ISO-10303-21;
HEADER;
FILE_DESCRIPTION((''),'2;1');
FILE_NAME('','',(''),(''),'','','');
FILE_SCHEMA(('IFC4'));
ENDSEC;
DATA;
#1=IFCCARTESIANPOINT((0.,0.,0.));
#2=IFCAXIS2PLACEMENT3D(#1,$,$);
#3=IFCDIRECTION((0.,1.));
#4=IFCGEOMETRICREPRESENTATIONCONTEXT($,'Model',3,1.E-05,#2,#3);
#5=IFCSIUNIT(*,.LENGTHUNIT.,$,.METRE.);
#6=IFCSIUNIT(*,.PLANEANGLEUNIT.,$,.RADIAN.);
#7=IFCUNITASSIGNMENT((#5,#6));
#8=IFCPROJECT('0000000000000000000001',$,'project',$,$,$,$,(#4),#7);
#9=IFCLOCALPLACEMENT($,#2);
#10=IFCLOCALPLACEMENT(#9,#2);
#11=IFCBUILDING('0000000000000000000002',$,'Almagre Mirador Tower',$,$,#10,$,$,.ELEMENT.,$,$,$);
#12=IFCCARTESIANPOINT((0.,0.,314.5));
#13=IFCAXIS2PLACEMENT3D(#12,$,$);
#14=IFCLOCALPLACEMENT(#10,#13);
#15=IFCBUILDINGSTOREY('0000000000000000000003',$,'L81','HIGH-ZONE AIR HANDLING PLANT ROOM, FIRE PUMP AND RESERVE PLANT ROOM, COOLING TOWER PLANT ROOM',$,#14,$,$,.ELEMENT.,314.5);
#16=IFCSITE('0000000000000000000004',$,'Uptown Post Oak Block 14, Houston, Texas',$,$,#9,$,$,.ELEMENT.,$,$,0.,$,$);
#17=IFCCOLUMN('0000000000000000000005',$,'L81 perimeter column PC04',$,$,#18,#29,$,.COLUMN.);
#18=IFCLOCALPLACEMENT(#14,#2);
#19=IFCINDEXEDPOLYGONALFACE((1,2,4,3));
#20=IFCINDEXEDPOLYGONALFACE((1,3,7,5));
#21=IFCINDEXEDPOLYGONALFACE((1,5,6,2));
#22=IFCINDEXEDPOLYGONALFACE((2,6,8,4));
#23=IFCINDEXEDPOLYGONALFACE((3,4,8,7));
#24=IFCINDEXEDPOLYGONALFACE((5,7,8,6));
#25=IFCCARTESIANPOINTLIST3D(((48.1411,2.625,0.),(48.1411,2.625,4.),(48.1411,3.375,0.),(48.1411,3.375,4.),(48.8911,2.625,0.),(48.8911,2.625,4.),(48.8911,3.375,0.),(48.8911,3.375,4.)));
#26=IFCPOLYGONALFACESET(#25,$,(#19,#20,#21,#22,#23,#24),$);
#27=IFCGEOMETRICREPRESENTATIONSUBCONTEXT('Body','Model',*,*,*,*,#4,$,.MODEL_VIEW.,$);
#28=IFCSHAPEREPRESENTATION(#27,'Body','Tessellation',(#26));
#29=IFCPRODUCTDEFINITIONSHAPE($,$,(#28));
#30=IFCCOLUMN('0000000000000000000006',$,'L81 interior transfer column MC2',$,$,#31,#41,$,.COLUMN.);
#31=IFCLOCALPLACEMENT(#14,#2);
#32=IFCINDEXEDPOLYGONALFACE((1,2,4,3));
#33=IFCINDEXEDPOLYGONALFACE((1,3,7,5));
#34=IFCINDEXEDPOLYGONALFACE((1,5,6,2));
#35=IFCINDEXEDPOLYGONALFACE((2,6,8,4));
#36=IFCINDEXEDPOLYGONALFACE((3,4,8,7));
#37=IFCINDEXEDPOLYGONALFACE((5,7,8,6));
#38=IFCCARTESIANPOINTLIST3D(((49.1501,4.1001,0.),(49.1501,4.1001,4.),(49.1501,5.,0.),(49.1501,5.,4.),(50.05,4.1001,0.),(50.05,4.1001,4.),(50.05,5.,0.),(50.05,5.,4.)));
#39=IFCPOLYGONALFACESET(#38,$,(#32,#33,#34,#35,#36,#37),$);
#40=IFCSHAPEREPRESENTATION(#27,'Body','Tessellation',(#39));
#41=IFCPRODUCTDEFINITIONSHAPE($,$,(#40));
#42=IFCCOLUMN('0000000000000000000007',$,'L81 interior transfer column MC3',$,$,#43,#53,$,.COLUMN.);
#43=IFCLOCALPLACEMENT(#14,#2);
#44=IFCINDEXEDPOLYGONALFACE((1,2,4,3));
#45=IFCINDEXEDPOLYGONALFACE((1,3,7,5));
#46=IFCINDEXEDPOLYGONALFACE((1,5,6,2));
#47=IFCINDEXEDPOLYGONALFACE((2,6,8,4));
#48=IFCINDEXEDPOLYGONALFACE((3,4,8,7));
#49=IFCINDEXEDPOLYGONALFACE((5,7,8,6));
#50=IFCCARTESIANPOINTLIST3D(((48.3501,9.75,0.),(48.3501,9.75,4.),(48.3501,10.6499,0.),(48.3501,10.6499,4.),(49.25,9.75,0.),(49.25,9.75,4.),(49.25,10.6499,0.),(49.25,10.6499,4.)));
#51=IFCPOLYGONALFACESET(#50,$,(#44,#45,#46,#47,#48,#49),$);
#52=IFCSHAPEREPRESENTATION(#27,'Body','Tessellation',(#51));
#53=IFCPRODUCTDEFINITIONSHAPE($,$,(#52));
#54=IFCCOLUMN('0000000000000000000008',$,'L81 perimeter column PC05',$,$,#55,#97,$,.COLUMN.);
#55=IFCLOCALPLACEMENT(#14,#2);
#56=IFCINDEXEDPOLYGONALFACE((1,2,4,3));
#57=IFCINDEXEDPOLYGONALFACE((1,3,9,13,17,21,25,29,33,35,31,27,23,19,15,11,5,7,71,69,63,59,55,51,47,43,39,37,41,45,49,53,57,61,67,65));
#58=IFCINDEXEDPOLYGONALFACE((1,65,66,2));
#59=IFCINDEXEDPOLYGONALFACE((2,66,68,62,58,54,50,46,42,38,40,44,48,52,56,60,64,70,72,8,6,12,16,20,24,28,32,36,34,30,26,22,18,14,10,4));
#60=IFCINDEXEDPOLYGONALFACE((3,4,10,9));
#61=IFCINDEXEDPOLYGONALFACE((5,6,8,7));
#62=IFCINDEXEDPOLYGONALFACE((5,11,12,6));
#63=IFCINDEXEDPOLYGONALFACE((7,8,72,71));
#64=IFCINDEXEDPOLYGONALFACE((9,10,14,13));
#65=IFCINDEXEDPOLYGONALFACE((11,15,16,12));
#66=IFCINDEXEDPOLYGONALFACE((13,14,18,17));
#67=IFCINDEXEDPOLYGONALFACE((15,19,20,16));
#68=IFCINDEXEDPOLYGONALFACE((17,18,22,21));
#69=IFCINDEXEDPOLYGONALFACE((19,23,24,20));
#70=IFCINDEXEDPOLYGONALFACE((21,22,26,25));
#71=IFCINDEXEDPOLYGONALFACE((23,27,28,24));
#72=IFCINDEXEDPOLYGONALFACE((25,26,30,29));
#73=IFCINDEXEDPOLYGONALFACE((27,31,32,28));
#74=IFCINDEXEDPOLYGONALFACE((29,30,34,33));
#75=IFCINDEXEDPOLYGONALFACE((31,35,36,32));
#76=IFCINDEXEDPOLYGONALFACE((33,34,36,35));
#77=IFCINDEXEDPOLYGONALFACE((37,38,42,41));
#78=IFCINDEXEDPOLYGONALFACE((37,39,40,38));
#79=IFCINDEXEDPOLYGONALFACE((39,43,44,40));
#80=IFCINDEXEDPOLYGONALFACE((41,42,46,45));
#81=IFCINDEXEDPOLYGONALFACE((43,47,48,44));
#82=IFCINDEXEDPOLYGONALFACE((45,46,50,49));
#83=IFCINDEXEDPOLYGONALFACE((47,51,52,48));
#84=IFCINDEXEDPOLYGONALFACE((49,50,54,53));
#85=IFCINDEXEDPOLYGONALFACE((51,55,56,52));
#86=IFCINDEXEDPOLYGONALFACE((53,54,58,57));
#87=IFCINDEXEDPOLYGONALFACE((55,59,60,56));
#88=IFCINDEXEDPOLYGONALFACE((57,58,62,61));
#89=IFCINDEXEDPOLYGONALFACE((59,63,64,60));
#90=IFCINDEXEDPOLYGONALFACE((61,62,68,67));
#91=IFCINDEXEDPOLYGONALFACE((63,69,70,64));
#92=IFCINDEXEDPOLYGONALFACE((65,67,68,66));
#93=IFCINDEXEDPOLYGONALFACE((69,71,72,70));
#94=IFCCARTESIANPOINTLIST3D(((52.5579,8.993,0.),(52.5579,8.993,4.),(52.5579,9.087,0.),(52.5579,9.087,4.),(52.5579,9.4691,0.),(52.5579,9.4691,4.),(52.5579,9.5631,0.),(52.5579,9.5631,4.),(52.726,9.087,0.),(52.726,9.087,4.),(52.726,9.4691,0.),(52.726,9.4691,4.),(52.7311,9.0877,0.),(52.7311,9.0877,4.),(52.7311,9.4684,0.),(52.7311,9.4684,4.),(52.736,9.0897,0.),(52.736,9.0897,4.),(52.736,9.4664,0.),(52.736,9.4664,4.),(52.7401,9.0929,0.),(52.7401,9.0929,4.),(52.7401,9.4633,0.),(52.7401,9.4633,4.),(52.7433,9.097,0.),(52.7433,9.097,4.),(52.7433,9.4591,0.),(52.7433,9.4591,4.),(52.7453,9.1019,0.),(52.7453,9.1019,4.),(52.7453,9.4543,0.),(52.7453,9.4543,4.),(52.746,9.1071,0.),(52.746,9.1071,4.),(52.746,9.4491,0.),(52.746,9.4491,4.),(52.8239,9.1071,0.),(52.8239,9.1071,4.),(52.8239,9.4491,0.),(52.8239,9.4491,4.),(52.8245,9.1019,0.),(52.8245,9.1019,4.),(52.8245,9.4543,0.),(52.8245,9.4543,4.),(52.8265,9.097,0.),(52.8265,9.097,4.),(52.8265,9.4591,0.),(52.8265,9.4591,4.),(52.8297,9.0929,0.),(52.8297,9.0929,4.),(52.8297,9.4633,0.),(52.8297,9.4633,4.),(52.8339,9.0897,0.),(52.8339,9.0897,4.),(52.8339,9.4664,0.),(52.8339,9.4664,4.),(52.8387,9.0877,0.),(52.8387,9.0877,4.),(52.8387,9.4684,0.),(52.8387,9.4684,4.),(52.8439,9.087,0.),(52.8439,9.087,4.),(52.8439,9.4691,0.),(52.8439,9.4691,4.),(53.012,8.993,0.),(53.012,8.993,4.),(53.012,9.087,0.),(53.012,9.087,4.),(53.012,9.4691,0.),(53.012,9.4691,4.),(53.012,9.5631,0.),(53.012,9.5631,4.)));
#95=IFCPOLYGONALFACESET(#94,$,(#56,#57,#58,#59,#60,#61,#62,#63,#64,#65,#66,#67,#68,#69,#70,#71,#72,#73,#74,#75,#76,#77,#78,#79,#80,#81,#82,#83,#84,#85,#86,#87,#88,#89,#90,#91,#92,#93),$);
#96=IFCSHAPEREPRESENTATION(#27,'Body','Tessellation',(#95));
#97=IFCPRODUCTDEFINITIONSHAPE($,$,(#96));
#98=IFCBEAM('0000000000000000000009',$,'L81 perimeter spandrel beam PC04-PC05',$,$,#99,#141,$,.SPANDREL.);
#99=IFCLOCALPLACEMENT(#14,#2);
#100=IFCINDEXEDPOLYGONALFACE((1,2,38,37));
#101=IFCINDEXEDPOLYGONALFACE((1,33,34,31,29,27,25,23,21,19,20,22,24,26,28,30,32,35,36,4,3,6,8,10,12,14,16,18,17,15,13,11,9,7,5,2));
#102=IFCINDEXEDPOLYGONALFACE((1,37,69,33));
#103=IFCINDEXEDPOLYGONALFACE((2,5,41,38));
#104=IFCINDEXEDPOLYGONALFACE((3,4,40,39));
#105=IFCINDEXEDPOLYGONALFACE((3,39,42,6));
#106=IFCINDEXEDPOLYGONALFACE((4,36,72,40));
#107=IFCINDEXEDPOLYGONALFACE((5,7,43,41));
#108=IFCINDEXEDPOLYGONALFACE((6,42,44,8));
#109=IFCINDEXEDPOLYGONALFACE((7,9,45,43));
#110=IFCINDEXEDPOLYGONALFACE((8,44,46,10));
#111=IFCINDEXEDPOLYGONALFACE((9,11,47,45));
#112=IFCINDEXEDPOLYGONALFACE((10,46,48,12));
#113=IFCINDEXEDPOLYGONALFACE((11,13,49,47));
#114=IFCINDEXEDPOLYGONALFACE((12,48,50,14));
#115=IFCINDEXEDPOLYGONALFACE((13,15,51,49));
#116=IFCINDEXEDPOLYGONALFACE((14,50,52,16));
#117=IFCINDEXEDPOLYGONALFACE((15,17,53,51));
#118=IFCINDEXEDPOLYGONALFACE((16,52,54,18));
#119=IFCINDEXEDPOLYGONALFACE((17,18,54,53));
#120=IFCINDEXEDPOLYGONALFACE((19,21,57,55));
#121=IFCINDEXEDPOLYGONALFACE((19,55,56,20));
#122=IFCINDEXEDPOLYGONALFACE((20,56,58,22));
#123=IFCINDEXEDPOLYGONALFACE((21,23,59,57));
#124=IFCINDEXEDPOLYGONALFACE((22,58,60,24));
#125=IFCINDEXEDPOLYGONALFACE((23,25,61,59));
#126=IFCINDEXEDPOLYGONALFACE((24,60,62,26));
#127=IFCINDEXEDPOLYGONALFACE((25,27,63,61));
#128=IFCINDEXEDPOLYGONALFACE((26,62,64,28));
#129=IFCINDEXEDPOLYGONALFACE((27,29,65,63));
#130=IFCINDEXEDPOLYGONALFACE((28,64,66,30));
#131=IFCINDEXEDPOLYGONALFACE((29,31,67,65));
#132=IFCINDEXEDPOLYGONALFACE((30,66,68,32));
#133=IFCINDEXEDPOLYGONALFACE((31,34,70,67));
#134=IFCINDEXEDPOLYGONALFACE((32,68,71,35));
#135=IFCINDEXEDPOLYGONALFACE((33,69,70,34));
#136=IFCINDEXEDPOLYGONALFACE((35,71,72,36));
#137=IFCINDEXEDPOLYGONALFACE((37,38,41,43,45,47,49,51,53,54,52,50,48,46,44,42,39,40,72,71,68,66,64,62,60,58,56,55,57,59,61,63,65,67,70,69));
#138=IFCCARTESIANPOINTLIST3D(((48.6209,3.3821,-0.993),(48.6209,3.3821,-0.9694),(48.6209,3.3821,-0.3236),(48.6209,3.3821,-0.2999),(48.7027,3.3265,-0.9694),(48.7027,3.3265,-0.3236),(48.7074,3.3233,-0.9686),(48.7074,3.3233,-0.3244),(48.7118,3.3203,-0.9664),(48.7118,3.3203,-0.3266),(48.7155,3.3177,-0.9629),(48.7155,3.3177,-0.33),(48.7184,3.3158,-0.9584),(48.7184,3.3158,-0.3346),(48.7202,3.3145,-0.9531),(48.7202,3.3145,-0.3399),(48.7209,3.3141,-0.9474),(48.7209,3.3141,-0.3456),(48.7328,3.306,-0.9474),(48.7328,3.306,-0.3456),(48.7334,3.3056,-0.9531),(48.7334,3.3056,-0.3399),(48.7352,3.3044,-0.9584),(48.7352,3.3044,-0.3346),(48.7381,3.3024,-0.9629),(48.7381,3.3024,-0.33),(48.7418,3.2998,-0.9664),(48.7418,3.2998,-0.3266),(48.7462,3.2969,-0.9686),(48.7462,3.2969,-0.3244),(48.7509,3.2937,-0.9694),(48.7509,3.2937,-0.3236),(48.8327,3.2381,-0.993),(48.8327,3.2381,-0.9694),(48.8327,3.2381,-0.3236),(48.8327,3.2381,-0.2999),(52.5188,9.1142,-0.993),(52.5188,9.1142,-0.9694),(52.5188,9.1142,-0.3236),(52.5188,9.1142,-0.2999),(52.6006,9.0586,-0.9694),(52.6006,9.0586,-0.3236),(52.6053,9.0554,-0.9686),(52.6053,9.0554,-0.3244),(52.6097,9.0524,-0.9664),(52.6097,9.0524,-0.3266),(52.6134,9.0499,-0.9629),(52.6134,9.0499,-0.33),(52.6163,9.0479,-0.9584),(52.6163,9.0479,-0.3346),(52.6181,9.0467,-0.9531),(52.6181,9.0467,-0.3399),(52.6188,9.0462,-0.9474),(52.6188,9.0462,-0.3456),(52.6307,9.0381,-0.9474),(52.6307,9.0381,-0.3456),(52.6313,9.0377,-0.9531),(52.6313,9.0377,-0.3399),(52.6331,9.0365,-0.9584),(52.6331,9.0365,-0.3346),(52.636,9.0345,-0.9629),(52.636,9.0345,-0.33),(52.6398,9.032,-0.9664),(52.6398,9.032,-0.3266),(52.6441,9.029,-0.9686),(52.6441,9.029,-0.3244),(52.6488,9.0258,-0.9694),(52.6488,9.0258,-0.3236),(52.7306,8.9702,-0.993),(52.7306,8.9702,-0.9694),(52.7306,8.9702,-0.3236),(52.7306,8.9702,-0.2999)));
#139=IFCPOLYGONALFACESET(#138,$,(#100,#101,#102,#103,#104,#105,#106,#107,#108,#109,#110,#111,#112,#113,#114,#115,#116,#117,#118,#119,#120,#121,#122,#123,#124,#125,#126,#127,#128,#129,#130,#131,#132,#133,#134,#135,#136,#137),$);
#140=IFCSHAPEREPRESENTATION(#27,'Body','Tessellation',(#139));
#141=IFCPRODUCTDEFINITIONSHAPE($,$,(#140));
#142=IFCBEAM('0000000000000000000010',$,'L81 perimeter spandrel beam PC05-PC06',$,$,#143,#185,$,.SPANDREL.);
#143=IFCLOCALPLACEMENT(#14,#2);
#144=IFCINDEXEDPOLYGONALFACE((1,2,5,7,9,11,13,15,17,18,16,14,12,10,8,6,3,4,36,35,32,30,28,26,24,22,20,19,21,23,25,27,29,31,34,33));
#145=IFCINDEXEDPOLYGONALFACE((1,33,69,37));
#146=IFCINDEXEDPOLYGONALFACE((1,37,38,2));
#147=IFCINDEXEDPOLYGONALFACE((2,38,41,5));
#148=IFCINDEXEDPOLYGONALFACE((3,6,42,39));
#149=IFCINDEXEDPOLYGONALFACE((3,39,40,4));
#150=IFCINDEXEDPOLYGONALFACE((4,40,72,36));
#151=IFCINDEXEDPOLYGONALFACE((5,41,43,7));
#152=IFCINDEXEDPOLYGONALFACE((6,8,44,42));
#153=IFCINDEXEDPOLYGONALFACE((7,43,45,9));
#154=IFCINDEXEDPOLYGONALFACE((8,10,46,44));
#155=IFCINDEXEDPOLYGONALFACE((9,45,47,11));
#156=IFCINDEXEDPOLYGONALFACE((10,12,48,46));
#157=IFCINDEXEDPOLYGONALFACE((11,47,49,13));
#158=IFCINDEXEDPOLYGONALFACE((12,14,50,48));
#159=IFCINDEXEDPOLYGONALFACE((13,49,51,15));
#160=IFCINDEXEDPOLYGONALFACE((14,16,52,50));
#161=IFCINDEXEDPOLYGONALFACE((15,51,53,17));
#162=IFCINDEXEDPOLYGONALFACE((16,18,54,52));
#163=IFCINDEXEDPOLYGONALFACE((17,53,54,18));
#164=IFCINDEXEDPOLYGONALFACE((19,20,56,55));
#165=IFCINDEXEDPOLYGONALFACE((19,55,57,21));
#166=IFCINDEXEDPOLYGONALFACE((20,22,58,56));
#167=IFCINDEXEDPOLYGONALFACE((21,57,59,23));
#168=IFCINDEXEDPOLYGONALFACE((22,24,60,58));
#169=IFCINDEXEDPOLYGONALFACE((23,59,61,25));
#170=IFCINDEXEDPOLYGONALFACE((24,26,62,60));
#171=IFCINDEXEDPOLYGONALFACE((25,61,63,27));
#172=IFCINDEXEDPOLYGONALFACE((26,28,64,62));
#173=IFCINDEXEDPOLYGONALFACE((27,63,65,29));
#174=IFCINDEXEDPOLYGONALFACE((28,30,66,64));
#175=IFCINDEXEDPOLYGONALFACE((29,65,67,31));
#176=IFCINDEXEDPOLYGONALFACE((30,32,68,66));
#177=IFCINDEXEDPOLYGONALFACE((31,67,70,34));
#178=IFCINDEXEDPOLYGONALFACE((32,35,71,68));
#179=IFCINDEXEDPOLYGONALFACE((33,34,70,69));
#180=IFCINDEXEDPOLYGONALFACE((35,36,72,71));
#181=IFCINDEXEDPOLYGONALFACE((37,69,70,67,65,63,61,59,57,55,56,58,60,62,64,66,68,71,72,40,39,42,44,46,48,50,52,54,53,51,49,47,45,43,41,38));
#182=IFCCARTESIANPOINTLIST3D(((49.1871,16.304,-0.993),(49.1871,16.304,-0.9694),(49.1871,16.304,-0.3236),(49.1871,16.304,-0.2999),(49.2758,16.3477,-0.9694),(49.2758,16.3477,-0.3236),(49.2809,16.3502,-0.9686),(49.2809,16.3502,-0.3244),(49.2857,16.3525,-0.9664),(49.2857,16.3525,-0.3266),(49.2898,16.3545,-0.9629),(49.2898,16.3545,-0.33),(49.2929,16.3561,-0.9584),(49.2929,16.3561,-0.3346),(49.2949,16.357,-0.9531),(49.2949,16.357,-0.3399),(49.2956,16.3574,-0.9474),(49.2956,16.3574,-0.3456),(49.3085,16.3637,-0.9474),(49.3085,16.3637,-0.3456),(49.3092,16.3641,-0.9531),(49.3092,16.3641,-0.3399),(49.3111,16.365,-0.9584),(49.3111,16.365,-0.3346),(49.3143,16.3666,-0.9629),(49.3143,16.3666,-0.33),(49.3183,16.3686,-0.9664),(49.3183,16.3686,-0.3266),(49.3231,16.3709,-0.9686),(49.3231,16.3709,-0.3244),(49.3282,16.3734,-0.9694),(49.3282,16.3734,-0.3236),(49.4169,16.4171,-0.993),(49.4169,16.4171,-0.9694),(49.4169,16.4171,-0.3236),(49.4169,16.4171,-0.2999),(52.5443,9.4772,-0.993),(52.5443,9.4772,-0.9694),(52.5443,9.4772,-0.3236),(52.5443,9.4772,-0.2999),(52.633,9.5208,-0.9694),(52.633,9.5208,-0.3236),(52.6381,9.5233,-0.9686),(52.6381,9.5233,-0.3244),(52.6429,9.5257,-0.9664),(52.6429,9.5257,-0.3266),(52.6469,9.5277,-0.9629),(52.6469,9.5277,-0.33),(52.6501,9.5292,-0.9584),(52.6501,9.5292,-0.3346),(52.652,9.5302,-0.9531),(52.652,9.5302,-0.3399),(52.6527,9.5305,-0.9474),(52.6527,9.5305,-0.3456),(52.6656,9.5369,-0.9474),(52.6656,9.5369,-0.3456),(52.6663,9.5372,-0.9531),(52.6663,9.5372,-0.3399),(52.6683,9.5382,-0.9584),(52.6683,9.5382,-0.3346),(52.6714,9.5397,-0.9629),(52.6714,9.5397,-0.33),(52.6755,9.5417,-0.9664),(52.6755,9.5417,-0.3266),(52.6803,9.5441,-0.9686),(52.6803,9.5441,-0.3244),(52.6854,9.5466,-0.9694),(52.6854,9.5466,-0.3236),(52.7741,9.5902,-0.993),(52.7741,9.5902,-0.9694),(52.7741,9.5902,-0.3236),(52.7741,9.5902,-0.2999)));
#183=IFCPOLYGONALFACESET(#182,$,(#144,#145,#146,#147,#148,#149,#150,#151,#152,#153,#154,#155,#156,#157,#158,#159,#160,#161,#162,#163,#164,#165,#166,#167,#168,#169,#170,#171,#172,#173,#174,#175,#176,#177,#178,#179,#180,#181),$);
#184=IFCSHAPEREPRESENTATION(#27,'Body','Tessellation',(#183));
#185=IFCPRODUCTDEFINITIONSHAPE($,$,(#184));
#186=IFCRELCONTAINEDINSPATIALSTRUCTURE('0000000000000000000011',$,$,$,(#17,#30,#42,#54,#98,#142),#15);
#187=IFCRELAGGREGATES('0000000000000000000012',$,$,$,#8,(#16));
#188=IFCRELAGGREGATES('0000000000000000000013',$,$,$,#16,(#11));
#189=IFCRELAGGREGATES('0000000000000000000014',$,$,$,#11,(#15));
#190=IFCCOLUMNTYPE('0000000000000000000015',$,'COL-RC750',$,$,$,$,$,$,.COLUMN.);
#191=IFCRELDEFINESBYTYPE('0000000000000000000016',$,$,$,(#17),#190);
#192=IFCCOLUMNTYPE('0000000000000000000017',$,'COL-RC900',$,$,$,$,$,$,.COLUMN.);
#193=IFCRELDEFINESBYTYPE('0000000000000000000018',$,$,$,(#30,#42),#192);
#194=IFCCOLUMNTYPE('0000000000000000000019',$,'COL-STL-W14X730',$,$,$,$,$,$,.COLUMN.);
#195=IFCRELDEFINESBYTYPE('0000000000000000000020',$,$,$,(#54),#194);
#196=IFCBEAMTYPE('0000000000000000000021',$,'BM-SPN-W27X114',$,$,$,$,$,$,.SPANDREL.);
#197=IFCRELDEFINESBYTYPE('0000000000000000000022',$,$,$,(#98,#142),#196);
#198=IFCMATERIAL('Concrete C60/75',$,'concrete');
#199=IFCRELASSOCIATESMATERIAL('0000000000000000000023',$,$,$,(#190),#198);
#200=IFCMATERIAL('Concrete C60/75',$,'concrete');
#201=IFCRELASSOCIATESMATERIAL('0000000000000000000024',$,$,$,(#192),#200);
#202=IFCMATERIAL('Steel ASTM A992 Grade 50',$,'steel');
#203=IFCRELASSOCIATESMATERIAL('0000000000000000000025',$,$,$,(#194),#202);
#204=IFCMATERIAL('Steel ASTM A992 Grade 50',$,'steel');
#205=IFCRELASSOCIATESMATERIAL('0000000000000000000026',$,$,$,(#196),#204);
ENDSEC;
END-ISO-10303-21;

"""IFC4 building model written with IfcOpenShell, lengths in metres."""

from ifc_helpers import new_model, si_unit, direction, frame, origin, origin_2d, place, context, subcontext, project, spatial, rectangle, i_section, extrude, material, material_profile, profile_set, type_object, element, save


model = new_model("IFC4")

# Units and contexts
model_context = context("Model", 3, precision=1e-05, world=origin(), true_north=direction((0.0, 1.0)))
body_context = subcontext(model_context, "Body", "Model", "MODEL_VIEW")
ifc_project = project(units=[si_unit("LENGTHUNIT", "METRE"), si_unit("PLANEANGLEUNIT", "RADIAN")], contexts=[model_context])

# Site, building, storey
site_placement = place(None, origin())
site = spatial("IfcSite", under=ifc_project, at=site_placement, Name="Uptown Post Oak Block 14, Houston, Texas", CompositionType="ELEMENT", RefElevation=0.0)
building_placement = place(site_placement, origin())
building = spatial("IfcBuilding", under=site, at=building_placement, Name="Almagre Mirador Tower", CompositionType="ELEMENT")
storey_placement = place(building_placement, frame((0.0, 0.0, 314.5)))
storey = spatial("IfcBuildingStorey", under=building, at=storey_placement, Name="L81", Description="HIGH-ZONE AIR HANDLING PLANT ROOM, FIRE PUMP AND RESERVE PLANT ROOM, COOLING TOWER PLANT ROOM", CompositionType="ELEMENT", Elevation=314.5)

# Columns
ifc_material_1 = material(Name="Concrete C60/75", Category="concrete")
ifc_material_profile_1 = material_profile(ifc_material_1, rectangle(XDim=0.75, YDim=0.75, at=origin_2d()), Name="RC750X750")
ifc_profile_set_1 = profile_set([ifc_material_profile_1], Name="Concrete C60/75")
column_type_1 = type_object("IfcColumnType", Name="COL-RC750", PredefinedType="COLUMN", material=ifc_profile_set_1)
column_1_placement = place(storey_placement, frame((48.5161, 3.0, 0.0), z_axis=(0.0, 0.0, 1.0), x_axis=(1.0, 0.0, 0.0)))
element("IfcColumn", 1, at=column_1_placement, inside=storey, type_object=column_type_1, Name="L81 perimeter column PC04", PredefinedType="COLUMN", context=body_context, shape_type="SweptSolid", body=[
    extrude(rectangle(XDim=0.75, YDim=0.75, at=origin_2d()), origin(), (0.0, 0.0, 1.0), 4.0),
])
ifc_material_2 = material(Name="Concrete C60/75", Category="concrete")
ifc_material_profile_2 = material_profile(ifc_material_2, rectangle(XDim=0.8999, YDim=0.8999, at=origin_2d()), Name="RC900X900")
ifc_profile_set_2 = profile_set([ifc_material_profile_2], Name="Concrete C60/75")
column_type_2 = type_object("IfcColumnType", Name="COL-RC900", PredefinedType="COLUMN", material=ifc_profile_set_2)
for number, where, z_axis, x_axis, name in (
    (2, (49.6001, 4.55, 0.0), (0.0, 0.0, 1.0), (1.0, 0.0, 0.0), "L81 interior transfer column MC2"),
    (3, (48.8, 10.2, 0.0), (0.0, 0.0, 1.0), (1.0, 0.0, 0.0), "L81 interior transfer column MC3"),
):
    element("IfcColumn", number, at=place(storey_placement, frame(where, z_axis=z_axis, x_axis=x_axis)), inside=storey, type_object=column_type_2, Name=name, PredefinedType="COLUMN", context=body_context, shape_type="SweptSolid", body=[
        extrude(rectangle(XDim=0.8999, YDim=0.8999, at=origin_2d()), origin(), (0.0, 0.0, 1.0), 4.0),
    ])
ifc_material_3 = material(Name="Steel ASTM A992 Grade 50", Category="steel")
ifc_material_profile_3 = material_profile(ifc_material_3, i_section(OverallWidth=0.4541, OverallDepth=0.5701, WebThickness=0.0779, FlangeThickness=0.094, FilletRadius=0.02, at=origin_2d()), Name="W14X730")
ifc_profile_set_3 = profile_set([ifc_material_profile_3], Name="Steel ASTM A992 Grade 50")
column_type_3 = type_object("IfcColumnType", Name="COL-STL-W14X730", PredefinedType="COLUMN", material=ifc_profile_set_3)
column_2_placement = place(storey_placement, frame((52.7849, 9.2781, 0.0), z_axis=(0.0, 0.0, 1.0), x_axis=(1.0, 0.0, 0.0)))
element("IfcColumn", 4, at=column_2_placement, inside=storey, type_object=column_type_3, Name="L81 perimeter column PC05", PredefinedType="COLUMN", context=body_context, shape_type="SweptSolid", body=[
    extrude(i_section(OverallWidth=0.4541, OverallDepth=0.5701, WebThickness=0.0779, FlangeThickness=0.094, FilletRadius=0.02, at=origin_2d()), origin(), (0.0, 0.0, 1.0), 4.0),
])

# Beams
ifc_material_4 = material(Name="Steel ASTM A992 Grade 50", Category="steel")
ifc_material_profile_4 = material_profile(ifc_material_4, i_section(OverallWidth=0.2561, OverallDepth=0.6931, WebThickness=0.0144, FlangeThickness=0.0237, FilletRadius=0.022, at=origin_2d()), Name="W27X114")
ifc_profile_set_4 = profile_set([ifc_material_profile_4], Name="Steel ASTM A992 Grade 50")
beam_type_1 = type_object("IfcBeamType", Name="BM-SPN-W27X114", PredefinedType="SPANDREL", material=ifc_profile_set_4)
beam_1_placement = place(storey_placement, frame((48.7268, 3.3101, -0.6465), z_axis=(0.562317, 0.826922, 0.0), x_axis=(-0.826922, 0.562317, 0.0)))
element("IfcBeam", 5, at=beam_1_placement, inside=storey, type_object=beam_type_1, Name="L81 perimeter spandrel beam PC04-PC05", PredefinedType="SPANDREL", context=body_context, shape_type="SweptSolid", body=[
    extrude(i_section(OverallWidth=0.2561, OverallDepth=0.6931, WebThickness=0.0144, FlangeThickness=0.0237, FilletRadius=0.022, at=origin_2d()), origin(), (0.0, 0.0, 1.0), 6.9319),
])
beam_2_placement = place(storey_placement, frame((52.6592, 9.5337, -0.6465), z_axis=(-0.441286, 0.897366, 0.0), x_axis=(-0.897366, -0.441286, 0.0)))
element("IfcBeam", 6, at=beam_2_placement, inside=storey, type_object=beam_type_1, Name="L81 perimeter spandrel beam PC05-PC06", PredefinedType="SPANDREL", context=body_context, shape_type="SweptSolid", body=[
    extrude(i_section(OverallWidth=0.2561, OverallDepth=0.6931, WebThickness=0.0144, FlangeThickness=0.0237, FilletRadius=0.022, at=origin_2d()), origin(), (0.0, 0.0, 1.0), 7.6077),
])

save(model, "model.ifc")
